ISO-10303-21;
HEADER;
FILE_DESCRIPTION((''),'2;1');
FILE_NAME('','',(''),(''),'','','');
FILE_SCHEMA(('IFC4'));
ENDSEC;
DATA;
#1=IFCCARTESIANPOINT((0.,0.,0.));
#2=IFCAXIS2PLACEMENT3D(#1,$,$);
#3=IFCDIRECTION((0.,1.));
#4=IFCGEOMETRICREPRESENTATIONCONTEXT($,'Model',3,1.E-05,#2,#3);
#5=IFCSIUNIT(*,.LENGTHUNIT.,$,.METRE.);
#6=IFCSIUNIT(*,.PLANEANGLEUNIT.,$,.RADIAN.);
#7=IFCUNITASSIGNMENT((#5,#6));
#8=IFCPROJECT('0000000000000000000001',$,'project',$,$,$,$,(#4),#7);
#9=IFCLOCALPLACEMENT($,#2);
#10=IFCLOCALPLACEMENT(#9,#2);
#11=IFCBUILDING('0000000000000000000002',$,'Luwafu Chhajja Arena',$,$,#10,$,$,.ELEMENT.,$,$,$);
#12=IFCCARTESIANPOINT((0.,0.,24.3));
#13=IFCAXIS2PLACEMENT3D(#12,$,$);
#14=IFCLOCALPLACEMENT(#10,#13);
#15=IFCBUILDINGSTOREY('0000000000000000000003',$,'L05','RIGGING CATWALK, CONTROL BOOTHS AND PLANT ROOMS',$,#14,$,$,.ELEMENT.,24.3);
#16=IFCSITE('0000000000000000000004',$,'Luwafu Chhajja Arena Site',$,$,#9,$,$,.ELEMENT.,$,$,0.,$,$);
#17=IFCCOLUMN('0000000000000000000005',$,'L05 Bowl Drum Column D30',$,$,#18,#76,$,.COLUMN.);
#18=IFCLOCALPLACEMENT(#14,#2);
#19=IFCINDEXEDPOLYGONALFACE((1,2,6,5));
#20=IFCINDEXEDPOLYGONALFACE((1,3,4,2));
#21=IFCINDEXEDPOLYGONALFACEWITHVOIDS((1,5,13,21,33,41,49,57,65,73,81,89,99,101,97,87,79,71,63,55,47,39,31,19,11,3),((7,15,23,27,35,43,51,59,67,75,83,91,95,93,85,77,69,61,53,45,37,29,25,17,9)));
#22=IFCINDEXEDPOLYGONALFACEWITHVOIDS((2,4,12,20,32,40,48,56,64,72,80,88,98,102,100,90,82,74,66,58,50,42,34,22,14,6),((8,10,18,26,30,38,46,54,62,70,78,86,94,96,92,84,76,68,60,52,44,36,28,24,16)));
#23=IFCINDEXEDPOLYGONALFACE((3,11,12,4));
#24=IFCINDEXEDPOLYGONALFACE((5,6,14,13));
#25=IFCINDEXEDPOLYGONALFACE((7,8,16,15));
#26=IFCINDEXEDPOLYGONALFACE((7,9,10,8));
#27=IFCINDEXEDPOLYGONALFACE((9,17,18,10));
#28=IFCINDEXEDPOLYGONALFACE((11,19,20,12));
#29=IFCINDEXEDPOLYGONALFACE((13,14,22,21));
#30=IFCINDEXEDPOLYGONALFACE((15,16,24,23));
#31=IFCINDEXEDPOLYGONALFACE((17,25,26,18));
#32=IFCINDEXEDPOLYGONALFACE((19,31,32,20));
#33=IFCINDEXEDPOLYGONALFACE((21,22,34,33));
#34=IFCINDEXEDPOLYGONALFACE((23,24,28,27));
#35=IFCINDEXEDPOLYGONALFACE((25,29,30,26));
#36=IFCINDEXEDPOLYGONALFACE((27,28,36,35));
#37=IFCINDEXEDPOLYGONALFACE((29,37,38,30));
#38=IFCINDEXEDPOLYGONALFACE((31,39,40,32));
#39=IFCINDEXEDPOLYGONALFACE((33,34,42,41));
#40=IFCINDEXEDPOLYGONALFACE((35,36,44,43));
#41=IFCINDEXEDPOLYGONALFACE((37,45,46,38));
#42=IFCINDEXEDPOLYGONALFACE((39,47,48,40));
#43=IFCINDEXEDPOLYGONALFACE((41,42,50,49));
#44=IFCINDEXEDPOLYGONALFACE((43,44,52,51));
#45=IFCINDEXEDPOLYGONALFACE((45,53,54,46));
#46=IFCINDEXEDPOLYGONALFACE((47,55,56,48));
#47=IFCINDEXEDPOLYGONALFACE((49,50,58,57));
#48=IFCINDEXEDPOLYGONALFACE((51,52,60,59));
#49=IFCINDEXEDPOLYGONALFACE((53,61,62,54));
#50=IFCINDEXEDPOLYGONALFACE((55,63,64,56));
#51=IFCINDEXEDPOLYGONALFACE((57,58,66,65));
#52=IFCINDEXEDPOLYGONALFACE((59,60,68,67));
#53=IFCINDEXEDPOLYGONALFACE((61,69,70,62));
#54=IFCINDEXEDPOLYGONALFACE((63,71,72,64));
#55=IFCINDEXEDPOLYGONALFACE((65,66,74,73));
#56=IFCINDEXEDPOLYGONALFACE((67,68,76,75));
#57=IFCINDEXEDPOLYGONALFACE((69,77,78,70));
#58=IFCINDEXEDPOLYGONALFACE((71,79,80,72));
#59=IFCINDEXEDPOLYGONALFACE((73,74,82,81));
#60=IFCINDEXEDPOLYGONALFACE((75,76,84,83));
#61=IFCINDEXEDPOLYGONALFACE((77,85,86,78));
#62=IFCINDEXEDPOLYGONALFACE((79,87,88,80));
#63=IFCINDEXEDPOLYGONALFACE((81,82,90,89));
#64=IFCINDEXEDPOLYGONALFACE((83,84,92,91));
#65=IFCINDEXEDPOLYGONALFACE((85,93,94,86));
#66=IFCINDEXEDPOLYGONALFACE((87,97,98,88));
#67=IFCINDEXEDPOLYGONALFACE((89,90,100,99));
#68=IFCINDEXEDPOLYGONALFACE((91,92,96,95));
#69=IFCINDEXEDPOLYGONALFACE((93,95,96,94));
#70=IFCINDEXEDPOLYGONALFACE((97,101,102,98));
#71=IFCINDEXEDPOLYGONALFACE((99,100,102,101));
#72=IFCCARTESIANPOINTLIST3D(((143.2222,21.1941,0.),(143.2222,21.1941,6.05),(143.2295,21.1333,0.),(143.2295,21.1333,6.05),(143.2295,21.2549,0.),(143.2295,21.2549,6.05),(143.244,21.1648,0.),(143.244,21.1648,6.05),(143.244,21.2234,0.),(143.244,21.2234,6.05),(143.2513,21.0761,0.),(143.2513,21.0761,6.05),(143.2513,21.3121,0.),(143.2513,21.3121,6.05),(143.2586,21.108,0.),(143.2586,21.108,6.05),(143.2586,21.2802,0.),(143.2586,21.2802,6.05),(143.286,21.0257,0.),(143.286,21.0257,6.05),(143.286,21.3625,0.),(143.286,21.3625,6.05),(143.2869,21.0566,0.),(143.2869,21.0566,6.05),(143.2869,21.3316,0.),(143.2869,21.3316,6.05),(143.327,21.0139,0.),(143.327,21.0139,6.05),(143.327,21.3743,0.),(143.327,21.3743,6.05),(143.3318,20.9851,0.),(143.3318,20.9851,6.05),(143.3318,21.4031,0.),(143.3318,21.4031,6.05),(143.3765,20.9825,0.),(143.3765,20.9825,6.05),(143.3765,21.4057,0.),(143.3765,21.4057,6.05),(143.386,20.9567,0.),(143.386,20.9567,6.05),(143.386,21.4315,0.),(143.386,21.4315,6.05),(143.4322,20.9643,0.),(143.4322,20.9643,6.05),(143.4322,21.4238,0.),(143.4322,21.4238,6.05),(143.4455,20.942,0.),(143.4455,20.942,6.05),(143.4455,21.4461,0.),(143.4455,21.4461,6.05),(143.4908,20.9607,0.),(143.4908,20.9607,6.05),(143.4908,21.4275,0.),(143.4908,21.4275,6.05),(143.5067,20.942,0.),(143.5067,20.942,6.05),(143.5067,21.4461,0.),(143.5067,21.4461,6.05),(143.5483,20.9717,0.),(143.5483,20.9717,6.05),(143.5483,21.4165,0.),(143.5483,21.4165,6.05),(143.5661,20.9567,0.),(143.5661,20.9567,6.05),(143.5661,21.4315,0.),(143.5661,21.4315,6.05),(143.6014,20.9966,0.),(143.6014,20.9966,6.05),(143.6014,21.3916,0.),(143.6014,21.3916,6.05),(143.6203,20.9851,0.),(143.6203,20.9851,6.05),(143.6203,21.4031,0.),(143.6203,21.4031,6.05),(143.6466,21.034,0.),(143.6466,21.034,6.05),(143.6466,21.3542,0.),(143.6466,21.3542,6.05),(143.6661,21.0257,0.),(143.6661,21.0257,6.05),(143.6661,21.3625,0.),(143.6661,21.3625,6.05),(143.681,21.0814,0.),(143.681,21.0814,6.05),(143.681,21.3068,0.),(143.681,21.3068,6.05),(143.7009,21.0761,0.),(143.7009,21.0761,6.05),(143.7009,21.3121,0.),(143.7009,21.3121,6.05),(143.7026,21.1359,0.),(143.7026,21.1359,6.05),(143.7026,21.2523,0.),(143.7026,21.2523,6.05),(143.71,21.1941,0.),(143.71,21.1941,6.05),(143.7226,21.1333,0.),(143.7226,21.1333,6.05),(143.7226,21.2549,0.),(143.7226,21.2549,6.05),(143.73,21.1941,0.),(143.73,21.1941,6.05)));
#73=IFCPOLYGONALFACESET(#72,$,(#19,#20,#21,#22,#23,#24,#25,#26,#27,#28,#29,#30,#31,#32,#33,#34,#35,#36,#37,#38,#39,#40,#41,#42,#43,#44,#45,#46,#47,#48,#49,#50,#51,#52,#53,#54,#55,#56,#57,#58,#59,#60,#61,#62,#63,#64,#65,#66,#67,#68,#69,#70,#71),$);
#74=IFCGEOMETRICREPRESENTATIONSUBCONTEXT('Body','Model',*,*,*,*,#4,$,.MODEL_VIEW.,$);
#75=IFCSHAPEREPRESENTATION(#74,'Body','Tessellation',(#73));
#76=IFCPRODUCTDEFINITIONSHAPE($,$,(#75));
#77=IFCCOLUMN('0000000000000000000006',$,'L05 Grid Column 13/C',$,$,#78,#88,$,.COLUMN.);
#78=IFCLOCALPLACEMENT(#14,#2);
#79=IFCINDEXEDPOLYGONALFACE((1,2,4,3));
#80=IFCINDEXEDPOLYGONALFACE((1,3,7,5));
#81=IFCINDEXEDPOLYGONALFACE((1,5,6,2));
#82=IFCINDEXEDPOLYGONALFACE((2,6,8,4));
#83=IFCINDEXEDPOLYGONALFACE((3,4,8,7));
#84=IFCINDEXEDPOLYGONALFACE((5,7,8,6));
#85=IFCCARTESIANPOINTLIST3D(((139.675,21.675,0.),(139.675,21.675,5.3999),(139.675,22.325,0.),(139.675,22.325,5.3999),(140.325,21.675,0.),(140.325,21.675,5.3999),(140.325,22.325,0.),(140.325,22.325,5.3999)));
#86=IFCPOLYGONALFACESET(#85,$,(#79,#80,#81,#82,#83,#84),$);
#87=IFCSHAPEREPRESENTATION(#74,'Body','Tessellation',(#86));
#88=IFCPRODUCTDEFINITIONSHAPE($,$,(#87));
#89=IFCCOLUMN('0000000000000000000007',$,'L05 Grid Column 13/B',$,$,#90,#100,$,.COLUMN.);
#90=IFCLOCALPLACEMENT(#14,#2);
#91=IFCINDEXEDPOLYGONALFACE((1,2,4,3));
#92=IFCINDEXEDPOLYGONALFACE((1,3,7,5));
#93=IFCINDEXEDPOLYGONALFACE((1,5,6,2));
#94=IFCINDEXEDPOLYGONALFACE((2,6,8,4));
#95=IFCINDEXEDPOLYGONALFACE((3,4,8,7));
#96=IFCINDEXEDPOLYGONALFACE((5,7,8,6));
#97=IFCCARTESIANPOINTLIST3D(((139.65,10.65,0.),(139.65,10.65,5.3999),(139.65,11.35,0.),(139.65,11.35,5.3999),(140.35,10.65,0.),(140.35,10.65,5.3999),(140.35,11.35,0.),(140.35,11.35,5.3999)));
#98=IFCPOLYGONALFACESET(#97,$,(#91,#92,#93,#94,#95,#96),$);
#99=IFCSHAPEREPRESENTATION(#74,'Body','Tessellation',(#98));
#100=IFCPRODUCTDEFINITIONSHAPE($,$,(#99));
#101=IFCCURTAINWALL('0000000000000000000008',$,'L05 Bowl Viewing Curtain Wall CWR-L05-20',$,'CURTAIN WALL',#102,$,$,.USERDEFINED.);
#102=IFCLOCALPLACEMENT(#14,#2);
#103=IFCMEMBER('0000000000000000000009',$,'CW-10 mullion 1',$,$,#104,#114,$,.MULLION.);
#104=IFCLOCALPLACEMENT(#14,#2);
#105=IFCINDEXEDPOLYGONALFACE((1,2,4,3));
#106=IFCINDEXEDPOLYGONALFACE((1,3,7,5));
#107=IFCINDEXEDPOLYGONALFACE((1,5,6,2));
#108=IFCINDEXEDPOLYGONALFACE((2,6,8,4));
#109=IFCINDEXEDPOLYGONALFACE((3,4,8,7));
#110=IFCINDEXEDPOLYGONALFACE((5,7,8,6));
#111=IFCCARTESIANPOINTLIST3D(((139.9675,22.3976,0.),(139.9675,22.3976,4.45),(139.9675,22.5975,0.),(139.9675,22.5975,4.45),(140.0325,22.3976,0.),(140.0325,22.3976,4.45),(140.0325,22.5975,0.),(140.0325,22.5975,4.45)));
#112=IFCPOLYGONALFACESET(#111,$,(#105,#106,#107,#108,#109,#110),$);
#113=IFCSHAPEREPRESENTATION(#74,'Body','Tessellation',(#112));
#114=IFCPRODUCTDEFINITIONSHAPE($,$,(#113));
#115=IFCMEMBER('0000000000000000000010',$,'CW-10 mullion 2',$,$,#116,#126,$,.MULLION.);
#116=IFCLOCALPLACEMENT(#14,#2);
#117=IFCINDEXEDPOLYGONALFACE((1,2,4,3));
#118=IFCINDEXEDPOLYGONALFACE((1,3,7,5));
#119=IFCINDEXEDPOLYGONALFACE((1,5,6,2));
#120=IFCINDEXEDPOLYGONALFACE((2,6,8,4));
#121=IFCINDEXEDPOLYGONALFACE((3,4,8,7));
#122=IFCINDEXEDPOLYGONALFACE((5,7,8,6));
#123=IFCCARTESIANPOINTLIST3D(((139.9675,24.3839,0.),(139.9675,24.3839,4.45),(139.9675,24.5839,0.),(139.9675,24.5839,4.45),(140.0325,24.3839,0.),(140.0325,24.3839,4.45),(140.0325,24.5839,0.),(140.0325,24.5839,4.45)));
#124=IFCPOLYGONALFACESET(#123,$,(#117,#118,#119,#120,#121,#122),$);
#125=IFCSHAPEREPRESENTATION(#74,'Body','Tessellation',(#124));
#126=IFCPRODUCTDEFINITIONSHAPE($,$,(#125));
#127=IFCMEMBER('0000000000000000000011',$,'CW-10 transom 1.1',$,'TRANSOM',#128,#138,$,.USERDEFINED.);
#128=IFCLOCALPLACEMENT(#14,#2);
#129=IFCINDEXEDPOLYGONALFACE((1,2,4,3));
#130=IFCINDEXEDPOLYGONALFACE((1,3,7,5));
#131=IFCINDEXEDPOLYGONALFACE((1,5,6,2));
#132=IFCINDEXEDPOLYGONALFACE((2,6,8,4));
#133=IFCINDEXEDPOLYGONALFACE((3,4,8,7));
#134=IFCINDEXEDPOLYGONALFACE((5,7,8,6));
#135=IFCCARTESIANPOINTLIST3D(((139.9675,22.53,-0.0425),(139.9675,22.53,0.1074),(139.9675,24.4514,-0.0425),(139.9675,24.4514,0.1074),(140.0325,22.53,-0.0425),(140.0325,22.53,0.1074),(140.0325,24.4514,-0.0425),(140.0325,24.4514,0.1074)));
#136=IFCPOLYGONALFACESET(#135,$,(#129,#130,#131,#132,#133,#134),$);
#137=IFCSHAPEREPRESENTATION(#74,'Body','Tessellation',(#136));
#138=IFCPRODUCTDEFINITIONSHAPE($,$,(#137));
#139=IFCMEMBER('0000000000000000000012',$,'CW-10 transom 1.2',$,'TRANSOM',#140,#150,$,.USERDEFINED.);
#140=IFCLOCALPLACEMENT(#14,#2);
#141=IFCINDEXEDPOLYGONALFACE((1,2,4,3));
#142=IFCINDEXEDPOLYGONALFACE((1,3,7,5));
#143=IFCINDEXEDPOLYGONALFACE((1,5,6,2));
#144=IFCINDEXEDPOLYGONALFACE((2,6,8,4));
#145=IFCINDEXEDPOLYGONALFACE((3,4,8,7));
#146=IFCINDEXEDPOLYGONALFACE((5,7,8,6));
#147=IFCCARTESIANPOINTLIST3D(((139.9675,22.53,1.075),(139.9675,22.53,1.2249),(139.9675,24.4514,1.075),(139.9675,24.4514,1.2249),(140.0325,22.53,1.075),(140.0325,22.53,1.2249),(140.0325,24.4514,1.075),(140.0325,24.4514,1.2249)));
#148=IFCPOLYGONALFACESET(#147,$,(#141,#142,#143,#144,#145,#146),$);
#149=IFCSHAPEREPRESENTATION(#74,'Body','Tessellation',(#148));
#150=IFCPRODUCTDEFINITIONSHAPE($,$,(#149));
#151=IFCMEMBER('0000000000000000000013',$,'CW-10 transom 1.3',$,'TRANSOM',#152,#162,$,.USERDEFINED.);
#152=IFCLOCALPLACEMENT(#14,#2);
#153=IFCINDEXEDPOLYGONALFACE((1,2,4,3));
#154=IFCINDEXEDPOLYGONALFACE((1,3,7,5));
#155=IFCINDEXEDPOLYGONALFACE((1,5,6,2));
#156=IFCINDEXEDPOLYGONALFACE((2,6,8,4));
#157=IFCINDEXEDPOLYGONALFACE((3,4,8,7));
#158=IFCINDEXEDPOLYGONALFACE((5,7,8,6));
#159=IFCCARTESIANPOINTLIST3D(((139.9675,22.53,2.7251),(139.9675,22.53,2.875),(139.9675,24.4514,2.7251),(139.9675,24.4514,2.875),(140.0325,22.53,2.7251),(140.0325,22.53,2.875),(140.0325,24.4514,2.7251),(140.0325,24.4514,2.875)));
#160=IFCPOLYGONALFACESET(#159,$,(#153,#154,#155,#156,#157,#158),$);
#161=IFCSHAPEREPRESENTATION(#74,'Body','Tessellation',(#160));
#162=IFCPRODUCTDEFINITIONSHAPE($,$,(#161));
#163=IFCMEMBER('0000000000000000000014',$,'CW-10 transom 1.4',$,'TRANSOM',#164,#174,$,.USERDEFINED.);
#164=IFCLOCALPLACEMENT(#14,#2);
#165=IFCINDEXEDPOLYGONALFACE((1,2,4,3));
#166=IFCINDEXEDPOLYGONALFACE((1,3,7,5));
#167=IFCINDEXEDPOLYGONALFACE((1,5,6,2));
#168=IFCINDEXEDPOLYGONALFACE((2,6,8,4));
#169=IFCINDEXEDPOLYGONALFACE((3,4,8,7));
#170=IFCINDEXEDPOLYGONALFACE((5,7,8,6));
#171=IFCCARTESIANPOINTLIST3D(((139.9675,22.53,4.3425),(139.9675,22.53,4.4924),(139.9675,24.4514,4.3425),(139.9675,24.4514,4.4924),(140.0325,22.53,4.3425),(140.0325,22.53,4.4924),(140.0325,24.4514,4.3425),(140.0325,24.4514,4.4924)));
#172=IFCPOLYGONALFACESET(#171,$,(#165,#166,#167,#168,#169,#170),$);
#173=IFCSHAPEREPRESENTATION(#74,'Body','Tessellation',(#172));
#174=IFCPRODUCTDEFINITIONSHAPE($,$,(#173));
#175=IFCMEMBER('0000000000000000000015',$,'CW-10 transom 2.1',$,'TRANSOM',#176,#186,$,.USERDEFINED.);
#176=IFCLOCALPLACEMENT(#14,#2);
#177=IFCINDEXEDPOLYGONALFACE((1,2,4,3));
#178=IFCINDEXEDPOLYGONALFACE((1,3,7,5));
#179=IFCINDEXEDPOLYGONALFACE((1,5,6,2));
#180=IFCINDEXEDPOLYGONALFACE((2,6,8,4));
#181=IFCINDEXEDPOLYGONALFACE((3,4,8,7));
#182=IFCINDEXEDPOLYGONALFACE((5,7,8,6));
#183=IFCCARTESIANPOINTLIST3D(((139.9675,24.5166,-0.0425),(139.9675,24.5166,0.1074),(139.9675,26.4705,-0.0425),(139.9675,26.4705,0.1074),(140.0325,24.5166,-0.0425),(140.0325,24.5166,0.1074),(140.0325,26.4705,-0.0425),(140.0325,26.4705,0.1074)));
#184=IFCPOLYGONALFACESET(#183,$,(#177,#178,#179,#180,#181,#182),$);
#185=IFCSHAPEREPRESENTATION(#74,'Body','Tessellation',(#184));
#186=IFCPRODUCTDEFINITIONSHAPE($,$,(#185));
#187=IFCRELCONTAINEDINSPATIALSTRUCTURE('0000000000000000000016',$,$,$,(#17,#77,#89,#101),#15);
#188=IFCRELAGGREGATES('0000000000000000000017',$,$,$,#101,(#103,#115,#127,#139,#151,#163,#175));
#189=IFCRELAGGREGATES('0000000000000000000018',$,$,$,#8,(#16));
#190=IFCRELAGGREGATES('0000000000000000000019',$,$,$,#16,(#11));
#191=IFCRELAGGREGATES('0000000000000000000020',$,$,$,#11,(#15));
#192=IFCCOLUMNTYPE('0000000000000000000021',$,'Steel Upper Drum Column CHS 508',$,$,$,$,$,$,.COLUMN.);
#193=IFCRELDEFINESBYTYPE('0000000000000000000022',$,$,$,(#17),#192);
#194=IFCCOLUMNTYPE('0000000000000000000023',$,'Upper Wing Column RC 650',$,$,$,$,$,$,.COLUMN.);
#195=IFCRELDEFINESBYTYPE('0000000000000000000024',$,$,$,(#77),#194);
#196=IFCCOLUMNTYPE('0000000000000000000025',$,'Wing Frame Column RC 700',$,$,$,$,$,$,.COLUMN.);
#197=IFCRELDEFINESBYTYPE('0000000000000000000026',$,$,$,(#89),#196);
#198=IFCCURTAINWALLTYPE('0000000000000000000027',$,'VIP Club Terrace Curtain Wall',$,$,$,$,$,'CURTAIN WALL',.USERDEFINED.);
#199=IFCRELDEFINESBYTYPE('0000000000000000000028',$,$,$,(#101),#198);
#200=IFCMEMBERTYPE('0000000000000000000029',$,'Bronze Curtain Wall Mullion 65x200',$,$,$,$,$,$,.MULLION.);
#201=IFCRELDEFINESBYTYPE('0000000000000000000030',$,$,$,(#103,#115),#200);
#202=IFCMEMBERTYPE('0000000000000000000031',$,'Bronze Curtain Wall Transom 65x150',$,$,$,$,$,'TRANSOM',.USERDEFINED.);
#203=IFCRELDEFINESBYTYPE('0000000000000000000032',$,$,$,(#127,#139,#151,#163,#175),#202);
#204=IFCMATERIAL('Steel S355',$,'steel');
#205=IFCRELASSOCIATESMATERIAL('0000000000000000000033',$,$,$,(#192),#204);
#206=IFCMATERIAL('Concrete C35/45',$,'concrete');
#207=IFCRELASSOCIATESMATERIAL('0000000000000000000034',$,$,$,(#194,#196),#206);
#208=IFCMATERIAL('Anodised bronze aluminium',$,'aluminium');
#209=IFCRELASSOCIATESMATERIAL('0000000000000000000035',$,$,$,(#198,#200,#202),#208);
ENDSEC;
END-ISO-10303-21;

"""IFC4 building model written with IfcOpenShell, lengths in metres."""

from ifc_helpers import new_model, si_unit, direction, frame, origin, origin_2d, place, context, subcontext, project, spatial, rectangle, hollow_circle, extrude, material, material_profile, profile_set, type_object, element, aggregate, save


model = new_model("IFC4")

# Units and contexts
model_context = context("Model", 3, precision=1e-05, world=origin(), true_north=direction((0.0, 1.0)))
body_context = subcontext(model_context, "Body", "Model", "MODEL_VIEW")
ifc_project = project(units=[si_unit("LENGTHUNIT", "METRE"), si_unit("PLANEANGLEUNIT", "RADIAN")], contexts=[model_context])

# Site, building, storey
site_placement = place(None, origin())
site = spatial("IfcSite", under=ifc_project, at=site_placement, Name="Luwafu Chhajja Arena Site", CompositionType="ELEMENT", RefElevation=0.0)
building_placement = place(site_placement, origin())
building = spatial("IfcBuilding", under=site, at=building_placement, Name="Luwafu Chhajja Arena", CompositionType="ELEMENT")
storey_placement = place(building_placement, frame((0.0, 0.0, 24.3)))
storey = spatial("IfcBuildingStorey", under=building, at=storey_placement, Name="L05", Description="RIGGING CATWALK, CONTROL BOOTHS AND PLANT ROOMS", CompositionType="ELEMENT", Elevation=24.3)

# Columns
ifc_material_1 = material(Name="Steel S355", Category="steel")
ifc_material_profile_1 = material_profile(ifc_material_1, hollow_circle(Radius=0.2539, WallThickness=0.02, at=origin_2d()), Name="CHS 508x20")
ifc_profile_set_1 = profile_set([ifc_material_profile_1], Name="Steel S355")
column_type_1 = type_object("IfcColumnType", Name="Steel Upper Drum Column CHS 508", PredefinedType="COLUMN", material=ifc_profile_set_1)
column_1_placement = place(storey_placement, frame((143.4761, 21.1941, 0.0), z_axis=(0.0, 0.0, 1.0), x_axis=(1.0, 0.0, 0.0)))
element("IfcColumn", 1, at=column_1_placement, inside=storey, type_object=column_type_1, Name="L05 Bowl Drum Column D30", PredefinedType="COLUMN", context=body_context, shape_type="SweptSolid", body=[
    extrude(hollow_circle(Radius=0.2539, WallThickness=0.02, at=origin_2d()), origin(), (0.0, 0.0, 1.0), 6.05),
])
ifc_material_2 = material(Name="Concrete C35/45", Category="concrete")
ifc_material_profile_2 = material_profile(ifc_material_2, rectangle(XDim=0.6499, YDim=0.6499, at=origin_2d()), Name="RC 650x650")
ifc_profile_set_2 = profile_set([ifc_material_profile_2], Name="Concrete C35/45")
column_type_2 = type_object("IfcColumnType", Name="Upper Wing Column RC 650", PredefinedType="COLUMN", material=ifc_profile_set_2)
column_2_placement = place(storey_placement, frame((140.0, 22.0, 0.0), z_axis=(0.0, 0.0, 1.0), x_axis=(1.0, 0.0, 0.0)))
element("IfcColumn", 2, at=column_2_placement, inside=storey, type_object=column_type_2, Name="L05 Grid Column 13/C", PredefinedType="COLUMN", context=body_context, shape_type="SweptSolid", body=[
    extrude(rectangle(XDim=0.6499, YDim=0.6499, at=origin_2d()), origin(), (0.0, 0.0, 1.0), 5.3999),
])
ifc_material_profile_3 = material_profile(ifc_material_2, rectangle(XDim=0.7, YDim=0.7, at=origin_2d()), Name="RC 700x700")
ifc_profile_set_3 = profile_set([ifc_material_profile_3], Name="Concrete C35/45")
column_type_3 = type_object("IfcColumnType", Name="Wing Frame Column RC 700", PredefinedType="COLUMN", material=ifc_profile_set_3)
column_3_placement = place(storey_placement, frame((140.0, 11.0, 0.0), z_axis=(0.0, 0.0, 1.0), x_axis=(1.0, 0.0, 0.0)))
element("IfcColumn", 3, at=column_3_placement, inside=storey, type_object=column_type_3, Name="L05 Grid Column 13/B", PredefinedType="COLUMN", context=body_context, shape_type="SweptSolid", body=[
    extrude(rectangle(XDim=0.7, YDim=0.7, at=origin_2d()), origin(), (0.0, 0.0, 1.0), 5.3999),
])

# Curtain wall, members
ifc_material_3 = material(Name="Anodised bronze aluminium", Category="aluminium")
curtain_wall_type = type_object("IfcCurtainWallType", Name="VIP Club Terrace Curtain Wall", ElementType="CURTAIN WALL", PredefinedType="USERDEFINED", material=ifc_material_3)
curtain_wall_placement = place(storey_placement, origin())
curtain_wall = element("IfcCurtainWall", 4, at=curtain_wall_placement, inside=storey, type_object=curtain_wall_type, Name="L05 Bowl Viewing Curtain Wall CWR-L05-20", ObjectType="CURTAIN WALL", PredefinedType="USERDEFINED")
ifc_material_profile_4 = material_profile(ifc_material_3, rectangle(XDim=0.0649, YDim=0.2, at=origin_2d()), Name="CWM 65x200")
ifc_profile_set_4 = profile_set([ifc_material_profile_4], Name="Anodised bronze aluminium")
member_type_1 = type_object("IfcMemberType", Name="Bronze Curtain Wall Mullion 65x200", PredefinedType="MULLION", material=ifc_profile_set_4)
member_1_placement = place(storey_placement, frame((140.0, 22.4976, 0.0), z_axis=(0.0, 0.0, 1.0), x_axis=(-1.0, 0.0, 0.0)))
member_1 = element("IfcMember", 5, at=member_1_placement, type_object=member_type_1, Name="CW-10 mullion 1", PredefinedType="MULLION", context=body_context, shape_type="SweptSolid", body=[
    extrude(rectangle(XDim=0.0649, YDim=0.2, at=origin_2d()), origin(), (0.0, 0.0, 1.0), 4.45),
])
member_2_placement = place(storey_placement, frame((140.0, 24.4839, 0.0), z_axis=(0.0, 0.0, 1.0), x_axis=(-1.0, 0.0, 0.0)))
member_2 = element("IfcMember", 6, at=member_2_placement, type_object=member_type_1, Name="CW-10 mullion 2", PredefinedType="MULLION", context=body_context, shape_type="SweptSolid", body=[
    extrude(rectangle(XDim=0.0649, YDim=0.2, at=origin_2d()), origin(), (0.0, 0.0, 1.0), 4.45),
])
ifc_material_profile_5 = material_profile(ifc_material_3, rectangle(XDim=0.0649, YDim=0.1499, at=origin_2d()), Name="CWT 65x150")
ifc_profile_set_5 = profile_set([ifc_material_profile_5], Name="Anodised bronze aluminium")
member_type_2 = type_object("IfcMemberType", Name="Bronze Curtain Wall Transom 65x150", ElementType="TRANSOM", PredefinedType="USERDEFINED", material=ifc_profile_set_5)
member_3_placement = place(storey_placement, frame((140.0, 22.53, 0.0325), z_axis=(0.0, 1.0, 0.0), x_axis=(-1.0, 0.0, 0.0)))
member_3 = element("IfcMember", 7, at=member_3_placement, type_object=member_type_2, Name="CW-10 transom 1.1", ObjectType="TRANSOM", PredefinedType="USERDEFINED", context=body_context, shape_type="SweptSolid", body=[
    extrude(rectangle(XDim=0.0649, YDim=0.1499, at=origin_2d()), origin(), (0.0, 0.0, 1.0), 1.9214),
])
member_4_placement = place(storey_placement, frame((140.0, 22.53, 1.1499), z_axis=(0.0, 1.0, 0.0), x_axis=(-1.0, 0.0, 0.0)))
member_4 = element("IfcMember", 8, at=member_4_placement, type_object=member_type_2, Name="CW-10 transom 1.2", ObjectType="TRANSOM", PredefinedType="USERDEFINED", context=body_context, shape_type="SweptSolid", body=[
    extrude(rectangle(XDim=0.0649, YDim=0.1499, at=origin_2d()), origin(), (0.0, 0.0, 1.0), 1.9214),
])
member_5_placement = place(storey_placement, frame((140.0, 22.53, 2.8), z_axis=(0.0, 1.0, 0.0), x_axis=(-1.0, 0.0, 0.0)))
member_5 = element("IfcMember", 9, at=member_5_placement, type_object=member_type_2, Name="CW-10 transom 1.3", ObjectType="TRANSOM", PredefinedType="USERDEFINED", context=body_context, shape_type="SweptSolid", body=[
    extrude(rectangle(XDim=0.0649, YDim=0.1499, at=origin_2d()), origin(), (0.0, 0.0, 1.0), 1.9214),
])
member_6_placement = place(storey_placement, frame((140.0, 22.53, 4.4175), z_axis=(0.0, 1.0, 0.0), x_axis=(-1.0, 0.0, 0.0)))
member_6 = element("IfcMember", 10, at=member_6_placement, type_object=member_type_2, Name="CW-10 transom 1.4", ObjectType="TRANSOM", PredefinedType="USERDEFINED", context=body_context, shape_type="SweptSolid", body=[
    extrude(rectangle(XDim=0.0649, YDim=0.1499, at=origin_2d()), origin(), (0.0, 0.0, 1.0), 1.9214),
])
member_7_placement = place(storey_placement, frame((140.0, 24.5166, 0.0325), z_axis=(0.0, 1.0, 0.0), x_axis=(-1.0, 0.0, 0.0)))
member_7 = element("IfcMember", 11, at=member_7_placement, type_object=member_type_2, Name="CW-10 transom 2.1", ObjectType="TRANSOM", PredefinedType="USERDEFINED", context=body_context, shape_type="SweptSolid", body=[
    extrude(rectangle(XDim=0.0649, YDim=0.1499, at=origin_2d()), origin(), (0.0, 0.0, 1.0), 1.9539),
])

aggregate(curtain_wall, [member_1, member_2, member_3, member_4, member_5, member_6, member_7])

save(model, "model.ifc")
